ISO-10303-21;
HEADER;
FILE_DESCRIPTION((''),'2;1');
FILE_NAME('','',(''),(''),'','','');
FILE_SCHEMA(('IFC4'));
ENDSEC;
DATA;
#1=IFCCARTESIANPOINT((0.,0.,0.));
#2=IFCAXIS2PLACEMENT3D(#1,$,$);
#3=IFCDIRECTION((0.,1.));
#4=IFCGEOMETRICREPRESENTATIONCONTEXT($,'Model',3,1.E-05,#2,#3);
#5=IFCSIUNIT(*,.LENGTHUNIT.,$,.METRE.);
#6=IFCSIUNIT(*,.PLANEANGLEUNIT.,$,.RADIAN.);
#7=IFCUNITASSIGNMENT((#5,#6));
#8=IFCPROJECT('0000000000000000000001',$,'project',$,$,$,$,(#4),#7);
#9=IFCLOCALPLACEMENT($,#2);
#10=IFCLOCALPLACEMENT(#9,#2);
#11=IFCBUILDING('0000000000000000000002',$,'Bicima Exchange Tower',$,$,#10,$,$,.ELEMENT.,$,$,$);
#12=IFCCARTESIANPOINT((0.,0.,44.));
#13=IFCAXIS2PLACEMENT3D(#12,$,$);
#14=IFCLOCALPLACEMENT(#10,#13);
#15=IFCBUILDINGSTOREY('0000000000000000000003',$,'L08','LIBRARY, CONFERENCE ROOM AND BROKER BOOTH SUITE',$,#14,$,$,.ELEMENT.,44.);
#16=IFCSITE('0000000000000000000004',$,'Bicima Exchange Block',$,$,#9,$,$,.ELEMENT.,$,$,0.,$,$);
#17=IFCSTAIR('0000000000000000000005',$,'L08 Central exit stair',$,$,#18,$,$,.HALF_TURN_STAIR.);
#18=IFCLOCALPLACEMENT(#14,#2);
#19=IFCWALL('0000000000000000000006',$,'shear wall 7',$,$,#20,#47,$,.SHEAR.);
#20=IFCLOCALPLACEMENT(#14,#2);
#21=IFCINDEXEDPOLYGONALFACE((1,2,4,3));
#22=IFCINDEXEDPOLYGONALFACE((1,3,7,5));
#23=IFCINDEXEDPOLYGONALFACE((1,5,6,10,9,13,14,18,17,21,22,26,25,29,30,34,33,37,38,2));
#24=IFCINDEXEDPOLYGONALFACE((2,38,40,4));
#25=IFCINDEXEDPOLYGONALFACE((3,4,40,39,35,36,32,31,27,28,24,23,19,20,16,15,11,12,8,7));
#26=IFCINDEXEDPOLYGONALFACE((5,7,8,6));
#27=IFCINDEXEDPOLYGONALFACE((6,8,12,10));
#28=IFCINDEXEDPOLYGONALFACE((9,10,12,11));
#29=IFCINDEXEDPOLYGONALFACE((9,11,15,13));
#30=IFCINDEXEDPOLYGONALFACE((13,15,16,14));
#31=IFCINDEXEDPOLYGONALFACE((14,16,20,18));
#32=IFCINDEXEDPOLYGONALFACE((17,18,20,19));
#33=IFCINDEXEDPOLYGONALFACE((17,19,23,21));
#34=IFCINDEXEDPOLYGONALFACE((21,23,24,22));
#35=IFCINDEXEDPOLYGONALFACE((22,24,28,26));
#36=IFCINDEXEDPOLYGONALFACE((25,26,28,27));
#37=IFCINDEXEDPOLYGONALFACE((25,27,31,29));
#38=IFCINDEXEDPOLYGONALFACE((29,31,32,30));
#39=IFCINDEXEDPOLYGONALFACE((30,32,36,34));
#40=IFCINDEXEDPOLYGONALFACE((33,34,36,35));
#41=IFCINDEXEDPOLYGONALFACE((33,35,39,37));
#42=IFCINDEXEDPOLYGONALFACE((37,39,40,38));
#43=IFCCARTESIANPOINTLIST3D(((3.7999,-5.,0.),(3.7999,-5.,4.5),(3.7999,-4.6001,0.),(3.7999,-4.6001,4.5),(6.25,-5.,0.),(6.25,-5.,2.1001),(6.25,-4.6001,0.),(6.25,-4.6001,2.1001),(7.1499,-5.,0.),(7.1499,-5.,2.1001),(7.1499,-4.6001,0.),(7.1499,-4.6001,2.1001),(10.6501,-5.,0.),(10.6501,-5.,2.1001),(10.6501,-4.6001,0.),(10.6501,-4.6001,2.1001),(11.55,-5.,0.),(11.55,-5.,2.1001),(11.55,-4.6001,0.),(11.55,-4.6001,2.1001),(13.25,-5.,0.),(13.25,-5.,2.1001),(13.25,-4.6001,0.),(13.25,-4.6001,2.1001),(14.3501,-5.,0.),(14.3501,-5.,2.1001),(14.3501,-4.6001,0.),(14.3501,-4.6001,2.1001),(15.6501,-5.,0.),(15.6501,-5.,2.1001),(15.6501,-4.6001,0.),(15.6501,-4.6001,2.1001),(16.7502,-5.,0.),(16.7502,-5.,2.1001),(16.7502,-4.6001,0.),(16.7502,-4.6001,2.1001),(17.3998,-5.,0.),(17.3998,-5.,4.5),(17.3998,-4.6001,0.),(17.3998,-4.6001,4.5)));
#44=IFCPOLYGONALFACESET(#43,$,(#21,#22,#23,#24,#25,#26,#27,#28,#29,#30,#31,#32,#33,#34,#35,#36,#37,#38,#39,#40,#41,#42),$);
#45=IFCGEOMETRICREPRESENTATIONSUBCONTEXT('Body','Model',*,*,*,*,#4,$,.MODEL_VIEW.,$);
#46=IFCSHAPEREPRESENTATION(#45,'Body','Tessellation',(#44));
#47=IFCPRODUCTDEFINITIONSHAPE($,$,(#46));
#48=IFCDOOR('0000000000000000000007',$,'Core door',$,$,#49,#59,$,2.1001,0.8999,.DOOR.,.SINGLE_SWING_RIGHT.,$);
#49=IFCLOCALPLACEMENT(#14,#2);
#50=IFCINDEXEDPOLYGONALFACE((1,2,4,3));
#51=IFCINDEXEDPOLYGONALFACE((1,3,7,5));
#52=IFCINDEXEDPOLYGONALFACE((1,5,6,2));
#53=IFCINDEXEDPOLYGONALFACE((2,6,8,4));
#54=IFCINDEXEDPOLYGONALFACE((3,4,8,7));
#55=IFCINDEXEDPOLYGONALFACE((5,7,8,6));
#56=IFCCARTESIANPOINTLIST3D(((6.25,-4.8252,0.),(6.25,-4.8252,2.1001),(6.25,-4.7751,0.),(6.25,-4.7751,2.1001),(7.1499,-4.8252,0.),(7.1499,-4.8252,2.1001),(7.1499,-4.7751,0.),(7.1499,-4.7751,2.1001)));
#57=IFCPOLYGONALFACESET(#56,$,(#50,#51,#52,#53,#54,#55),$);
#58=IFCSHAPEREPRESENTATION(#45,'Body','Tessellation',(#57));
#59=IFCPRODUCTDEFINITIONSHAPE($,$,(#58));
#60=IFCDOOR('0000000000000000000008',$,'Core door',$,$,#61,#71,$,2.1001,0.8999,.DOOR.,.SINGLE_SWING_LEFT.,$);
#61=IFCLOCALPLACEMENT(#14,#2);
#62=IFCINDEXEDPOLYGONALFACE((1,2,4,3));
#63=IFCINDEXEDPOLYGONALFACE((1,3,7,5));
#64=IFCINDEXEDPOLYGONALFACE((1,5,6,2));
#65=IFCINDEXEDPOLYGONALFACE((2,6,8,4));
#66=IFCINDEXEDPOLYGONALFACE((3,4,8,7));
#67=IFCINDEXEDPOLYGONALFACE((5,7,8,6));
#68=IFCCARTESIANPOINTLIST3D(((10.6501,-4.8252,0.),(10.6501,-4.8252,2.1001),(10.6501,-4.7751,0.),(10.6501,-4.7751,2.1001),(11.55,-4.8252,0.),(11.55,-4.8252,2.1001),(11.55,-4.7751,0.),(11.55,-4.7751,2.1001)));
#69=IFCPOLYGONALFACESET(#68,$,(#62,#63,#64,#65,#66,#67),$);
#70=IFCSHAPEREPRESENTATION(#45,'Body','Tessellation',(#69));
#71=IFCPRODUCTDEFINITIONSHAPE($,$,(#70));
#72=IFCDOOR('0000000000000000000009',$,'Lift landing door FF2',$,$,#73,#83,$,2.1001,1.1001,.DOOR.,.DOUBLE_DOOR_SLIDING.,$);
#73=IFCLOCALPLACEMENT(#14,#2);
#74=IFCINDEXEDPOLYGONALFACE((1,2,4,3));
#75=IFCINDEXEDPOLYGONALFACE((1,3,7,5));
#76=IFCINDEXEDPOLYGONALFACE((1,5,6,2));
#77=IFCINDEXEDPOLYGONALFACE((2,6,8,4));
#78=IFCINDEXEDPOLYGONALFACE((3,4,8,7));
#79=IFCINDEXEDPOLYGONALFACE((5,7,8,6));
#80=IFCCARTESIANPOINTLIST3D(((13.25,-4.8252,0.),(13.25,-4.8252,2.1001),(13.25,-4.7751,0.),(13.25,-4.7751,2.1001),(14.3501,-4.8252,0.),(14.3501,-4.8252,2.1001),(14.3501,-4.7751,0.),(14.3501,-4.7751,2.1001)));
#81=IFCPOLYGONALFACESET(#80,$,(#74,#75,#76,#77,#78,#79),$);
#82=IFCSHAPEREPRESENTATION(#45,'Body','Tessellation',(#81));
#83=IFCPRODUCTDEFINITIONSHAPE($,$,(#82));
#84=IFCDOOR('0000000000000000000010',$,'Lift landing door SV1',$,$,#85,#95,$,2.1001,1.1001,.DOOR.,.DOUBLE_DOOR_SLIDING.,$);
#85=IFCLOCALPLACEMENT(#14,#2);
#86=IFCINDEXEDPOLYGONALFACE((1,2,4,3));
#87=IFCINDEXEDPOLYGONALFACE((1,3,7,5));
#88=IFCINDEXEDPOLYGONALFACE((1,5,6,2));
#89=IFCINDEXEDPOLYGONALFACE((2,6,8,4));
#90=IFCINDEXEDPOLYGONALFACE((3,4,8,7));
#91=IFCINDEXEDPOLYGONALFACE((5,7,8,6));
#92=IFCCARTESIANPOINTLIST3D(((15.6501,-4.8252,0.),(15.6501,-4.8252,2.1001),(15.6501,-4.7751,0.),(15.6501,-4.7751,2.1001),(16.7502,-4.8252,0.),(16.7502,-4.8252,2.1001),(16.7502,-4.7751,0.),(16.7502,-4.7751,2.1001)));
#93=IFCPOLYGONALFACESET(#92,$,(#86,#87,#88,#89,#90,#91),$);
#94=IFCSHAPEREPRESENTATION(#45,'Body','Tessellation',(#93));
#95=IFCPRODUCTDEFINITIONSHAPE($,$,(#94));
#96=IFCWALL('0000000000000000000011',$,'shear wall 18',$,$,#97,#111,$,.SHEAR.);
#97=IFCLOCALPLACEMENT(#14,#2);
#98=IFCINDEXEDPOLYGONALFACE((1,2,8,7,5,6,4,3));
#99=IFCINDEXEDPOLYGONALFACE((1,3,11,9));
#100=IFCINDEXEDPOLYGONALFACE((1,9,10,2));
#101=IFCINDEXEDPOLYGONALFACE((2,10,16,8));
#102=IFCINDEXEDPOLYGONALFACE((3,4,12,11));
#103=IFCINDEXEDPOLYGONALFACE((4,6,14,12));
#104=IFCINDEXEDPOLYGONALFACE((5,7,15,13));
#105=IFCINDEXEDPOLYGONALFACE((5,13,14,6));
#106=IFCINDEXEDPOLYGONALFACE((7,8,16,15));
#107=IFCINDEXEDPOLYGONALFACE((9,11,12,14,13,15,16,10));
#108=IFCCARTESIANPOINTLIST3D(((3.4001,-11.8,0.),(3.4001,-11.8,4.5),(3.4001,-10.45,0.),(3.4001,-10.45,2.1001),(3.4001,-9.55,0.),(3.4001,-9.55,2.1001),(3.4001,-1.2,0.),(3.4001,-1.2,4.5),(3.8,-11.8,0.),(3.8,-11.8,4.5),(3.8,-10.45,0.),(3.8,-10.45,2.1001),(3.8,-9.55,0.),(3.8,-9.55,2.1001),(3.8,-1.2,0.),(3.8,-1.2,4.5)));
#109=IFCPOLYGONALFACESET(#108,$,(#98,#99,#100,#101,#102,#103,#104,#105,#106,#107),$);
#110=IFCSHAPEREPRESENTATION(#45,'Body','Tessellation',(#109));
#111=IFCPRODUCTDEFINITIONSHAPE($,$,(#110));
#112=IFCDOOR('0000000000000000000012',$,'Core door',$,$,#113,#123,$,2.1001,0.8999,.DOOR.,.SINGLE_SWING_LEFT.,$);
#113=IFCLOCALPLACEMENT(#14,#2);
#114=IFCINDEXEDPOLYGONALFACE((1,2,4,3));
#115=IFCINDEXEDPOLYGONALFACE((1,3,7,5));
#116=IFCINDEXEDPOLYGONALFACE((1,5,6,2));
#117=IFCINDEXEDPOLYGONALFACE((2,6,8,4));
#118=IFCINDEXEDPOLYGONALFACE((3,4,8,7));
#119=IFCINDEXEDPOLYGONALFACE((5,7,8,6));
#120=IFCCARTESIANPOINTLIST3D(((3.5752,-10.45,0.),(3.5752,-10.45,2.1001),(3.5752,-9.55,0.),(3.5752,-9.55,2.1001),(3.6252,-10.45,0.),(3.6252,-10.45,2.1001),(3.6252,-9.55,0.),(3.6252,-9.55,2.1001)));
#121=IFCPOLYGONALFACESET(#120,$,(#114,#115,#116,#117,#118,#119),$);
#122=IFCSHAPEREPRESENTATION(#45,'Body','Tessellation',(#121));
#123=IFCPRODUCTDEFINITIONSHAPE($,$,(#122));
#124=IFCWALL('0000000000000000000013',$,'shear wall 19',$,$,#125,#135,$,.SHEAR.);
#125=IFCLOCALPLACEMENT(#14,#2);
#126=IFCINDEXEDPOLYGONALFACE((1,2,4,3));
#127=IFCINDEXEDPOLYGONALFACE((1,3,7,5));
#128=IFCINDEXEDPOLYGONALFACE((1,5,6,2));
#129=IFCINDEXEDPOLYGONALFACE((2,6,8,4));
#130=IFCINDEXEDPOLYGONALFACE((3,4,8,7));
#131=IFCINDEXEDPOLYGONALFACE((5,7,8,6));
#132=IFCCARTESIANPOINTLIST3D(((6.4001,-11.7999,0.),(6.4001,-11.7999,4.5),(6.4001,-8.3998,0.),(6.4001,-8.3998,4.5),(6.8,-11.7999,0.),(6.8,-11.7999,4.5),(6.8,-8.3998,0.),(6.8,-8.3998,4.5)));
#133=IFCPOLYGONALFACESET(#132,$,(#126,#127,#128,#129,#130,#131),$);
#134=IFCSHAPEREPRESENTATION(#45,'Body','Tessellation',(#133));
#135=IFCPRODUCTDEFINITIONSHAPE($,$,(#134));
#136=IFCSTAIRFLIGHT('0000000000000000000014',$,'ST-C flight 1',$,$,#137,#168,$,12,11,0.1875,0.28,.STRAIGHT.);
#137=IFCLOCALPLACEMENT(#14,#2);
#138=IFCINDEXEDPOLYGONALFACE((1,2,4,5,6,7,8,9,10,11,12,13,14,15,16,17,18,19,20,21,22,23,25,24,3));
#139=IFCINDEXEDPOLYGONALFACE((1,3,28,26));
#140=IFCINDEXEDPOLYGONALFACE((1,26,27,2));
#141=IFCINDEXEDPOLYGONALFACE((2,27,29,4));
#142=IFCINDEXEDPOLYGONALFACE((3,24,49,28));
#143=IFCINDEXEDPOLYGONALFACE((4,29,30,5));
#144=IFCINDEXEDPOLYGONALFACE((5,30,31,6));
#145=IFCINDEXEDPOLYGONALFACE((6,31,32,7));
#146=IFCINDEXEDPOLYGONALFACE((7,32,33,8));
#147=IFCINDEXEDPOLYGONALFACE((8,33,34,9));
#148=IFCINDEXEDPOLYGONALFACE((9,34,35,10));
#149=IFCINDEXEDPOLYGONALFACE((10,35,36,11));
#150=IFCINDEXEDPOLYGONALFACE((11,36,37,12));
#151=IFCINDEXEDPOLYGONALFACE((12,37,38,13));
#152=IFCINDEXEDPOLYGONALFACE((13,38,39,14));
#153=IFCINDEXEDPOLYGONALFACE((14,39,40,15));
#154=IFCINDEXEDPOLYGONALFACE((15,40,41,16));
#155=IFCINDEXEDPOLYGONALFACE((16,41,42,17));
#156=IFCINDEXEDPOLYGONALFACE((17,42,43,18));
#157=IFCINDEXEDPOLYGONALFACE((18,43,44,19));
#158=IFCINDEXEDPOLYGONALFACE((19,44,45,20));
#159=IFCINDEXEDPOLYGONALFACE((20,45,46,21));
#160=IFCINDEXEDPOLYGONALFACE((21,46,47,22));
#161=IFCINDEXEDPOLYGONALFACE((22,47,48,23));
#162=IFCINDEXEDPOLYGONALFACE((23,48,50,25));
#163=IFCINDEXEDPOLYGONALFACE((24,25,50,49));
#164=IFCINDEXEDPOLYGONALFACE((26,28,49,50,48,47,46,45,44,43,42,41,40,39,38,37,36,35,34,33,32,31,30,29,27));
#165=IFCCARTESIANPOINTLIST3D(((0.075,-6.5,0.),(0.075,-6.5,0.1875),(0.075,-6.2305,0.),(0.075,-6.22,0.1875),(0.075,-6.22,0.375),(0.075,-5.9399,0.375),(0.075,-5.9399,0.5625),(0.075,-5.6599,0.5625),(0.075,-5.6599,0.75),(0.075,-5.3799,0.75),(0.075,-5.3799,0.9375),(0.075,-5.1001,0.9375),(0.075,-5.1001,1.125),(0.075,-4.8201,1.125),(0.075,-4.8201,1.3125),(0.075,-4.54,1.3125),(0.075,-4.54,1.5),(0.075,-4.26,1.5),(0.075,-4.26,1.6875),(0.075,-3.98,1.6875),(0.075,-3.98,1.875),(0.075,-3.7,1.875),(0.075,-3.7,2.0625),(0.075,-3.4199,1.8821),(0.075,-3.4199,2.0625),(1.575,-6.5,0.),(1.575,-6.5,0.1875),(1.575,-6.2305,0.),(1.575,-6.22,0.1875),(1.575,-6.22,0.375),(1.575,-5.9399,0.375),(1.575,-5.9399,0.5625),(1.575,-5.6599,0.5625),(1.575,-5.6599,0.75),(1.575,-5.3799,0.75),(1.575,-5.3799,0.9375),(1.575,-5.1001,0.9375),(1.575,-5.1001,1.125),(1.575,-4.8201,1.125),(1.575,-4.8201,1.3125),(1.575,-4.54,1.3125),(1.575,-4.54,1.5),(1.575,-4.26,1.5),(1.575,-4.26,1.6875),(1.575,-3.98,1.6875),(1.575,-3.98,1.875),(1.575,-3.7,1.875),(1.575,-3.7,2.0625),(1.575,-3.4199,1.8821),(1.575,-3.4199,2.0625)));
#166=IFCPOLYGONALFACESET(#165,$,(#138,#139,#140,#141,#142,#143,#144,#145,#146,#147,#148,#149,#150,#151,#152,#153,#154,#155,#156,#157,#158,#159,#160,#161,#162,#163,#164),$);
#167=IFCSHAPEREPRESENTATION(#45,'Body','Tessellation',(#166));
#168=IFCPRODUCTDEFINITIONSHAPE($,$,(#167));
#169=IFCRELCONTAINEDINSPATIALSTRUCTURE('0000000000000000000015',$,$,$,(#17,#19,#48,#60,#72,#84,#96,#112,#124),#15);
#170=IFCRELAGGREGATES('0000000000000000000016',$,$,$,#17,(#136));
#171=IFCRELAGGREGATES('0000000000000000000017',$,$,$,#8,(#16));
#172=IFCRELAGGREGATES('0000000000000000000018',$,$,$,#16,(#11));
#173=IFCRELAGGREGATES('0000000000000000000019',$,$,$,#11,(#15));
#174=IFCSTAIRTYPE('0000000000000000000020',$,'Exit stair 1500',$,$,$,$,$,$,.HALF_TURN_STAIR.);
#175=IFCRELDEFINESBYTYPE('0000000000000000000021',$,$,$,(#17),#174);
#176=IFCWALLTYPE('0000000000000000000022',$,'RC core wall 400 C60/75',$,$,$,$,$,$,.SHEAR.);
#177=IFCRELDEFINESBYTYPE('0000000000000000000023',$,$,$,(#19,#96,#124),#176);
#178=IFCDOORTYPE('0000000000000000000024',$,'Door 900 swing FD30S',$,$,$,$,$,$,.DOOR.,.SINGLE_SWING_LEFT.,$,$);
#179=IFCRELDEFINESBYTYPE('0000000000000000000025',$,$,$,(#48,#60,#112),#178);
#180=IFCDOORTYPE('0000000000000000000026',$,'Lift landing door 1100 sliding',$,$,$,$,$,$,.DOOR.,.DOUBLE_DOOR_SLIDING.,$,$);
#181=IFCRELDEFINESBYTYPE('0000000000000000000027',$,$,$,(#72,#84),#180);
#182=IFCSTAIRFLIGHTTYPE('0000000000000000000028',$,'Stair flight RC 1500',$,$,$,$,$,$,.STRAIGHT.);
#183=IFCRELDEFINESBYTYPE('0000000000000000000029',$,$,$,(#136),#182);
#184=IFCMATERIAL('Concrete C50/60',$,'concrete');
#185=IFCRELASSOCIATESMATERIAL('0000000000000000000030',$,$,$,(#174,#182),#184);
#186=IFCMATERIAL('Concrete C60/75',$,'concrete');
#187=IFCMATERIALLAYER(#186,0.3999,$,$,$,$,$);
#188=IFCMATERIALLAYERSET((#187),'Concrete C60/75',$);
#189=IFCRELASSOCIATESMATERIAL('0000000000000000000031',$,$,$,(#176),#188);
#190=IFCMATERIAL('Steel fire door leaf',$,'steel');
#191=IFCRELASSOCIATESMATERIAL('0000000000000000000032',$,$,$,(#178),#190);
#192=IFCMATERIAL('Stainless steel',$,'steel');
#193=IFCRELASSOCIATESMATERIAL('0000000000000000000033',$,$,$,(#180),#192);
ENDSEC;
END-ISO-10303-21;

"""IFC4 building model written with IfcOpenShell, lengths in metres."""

from ifc_helpers import new_model, si_unit, direction, frame, frame_2d, origin, place, context, subcontext, project, spatial, polyline, rectangle, outline, extrude, material, layer, layer_set, type_object, element, fill, aggregate, save


model = new_model("IFC4")

# Units and contexts
model_context = context("Model", 3, precision=1e-05, world=origin(), true_north=direction((0.0, 1.0)))
body_context = subcontext(model_context, "Body", "Model", "MODEL_VIEW")
ifc_project = project(units=[si_unit("LENGTHUNIT", "METRE"), si_unit("PLANEANGLEUNIT", "RADIAN")], contexts=[model_context])

# Site, building, storey
site_placement = place(None, origin())
site = spatial("IfcSite", under=ifc_project, at=site_placement, Name="Bicima Exchange Block", CompositionType="ELEMENT", RefElevation=0.0)
building_placement = place(site_placement, origin())
building = spatial("IfcBuilding", under=site, at=building_placement, Name="Bicima Exchange Tower", CompositionType="ELEMENT")
storey_placement = place(building_placement, frame((0.0, 0.0, 44.0)))
storey = spatial("IfcBuildingStorey", under=building, at=storey_placement, Name="L08", Description="LIBRARY, CONFERENCE ROOM AND BROKER BOOTH SUITE", CompositionType="ELEMENT", Elevation=44.0)

# Stair
ifc_material_1 = material(Name="Concrete C50/60", Category="concrete")
stair_type_1 = type_object("IfcStairType", Name="Exit stair 1500", PredefinedType="HALF_TURN_STAIR", material=ifc_material_1)
stair_1_placement = place(storey_placement, origin())
stair_1 = element("IfcStair", 1, at=stair_1_placement, inside=storey, type_object=stair_type_1, Name="L08 Central exit stair", PredefinedType="HALF_TURN_STAIR")

# Shared definitions
ifc_material_2 = material(Name="Concrete C60/75", Category="concrete")
ifc_layer_1 = layer(ifc_material_2, 0.3999)
ifc_layer_set_1 = layer_set([ifc_layer_1], Name="Concrete C60/75")
wall_type_1 = type_object("IfcWallType", Name="RC core wall 400 C60/75", PredefinedType="SHEAR", material=ifc_layer_set_1)
ifc_material_3 = material(Name="Steel fire door leaf", Category="steel")
door_type_1 = type_object("IfcDoorType", Name="Door 900 swing FD30S", OperationType="SINGLE_SWING_LEFT", PredefinedType="DOOR", material=ifc_material_3)

# Wall, openings, doors
wall_1_placement = place(storey_placement, frame((3.8, -4.8, 0.0), z_axis=(0.0, 0.0, 1.0), x_axis=(1.0, 0.0, 0.0)))
wall_1 = element("IfcWall", 2, at=wall_1_placement, inside=storey, type_object=wall_type_1, Name="shear wall 7", PredefinedType="SHEAR", context=body_context, shape_type="SweptSolid", body=[
    extrude(rectangle(XDim=13.5999, YDim=0.3999, at=frame_2d((6.7998, 0.0))), origin(), (0.0, 0.0, 1.0), 4.5),
])
opening_1_placement = place(wall_1_placement, frame((9.45, 0.0, 0.0)))
opening_1 = element("IfcOpeningElement", 3, at=opening_1_placement, cuts=wall_1, PredefinedType="OPENING", context=body_context, shape_type="SweptSolid", body=[
    extrude(rectangle(XDim=1.1001, YDim=2.1001, at=frame_2d((0.55, 1.05))), frame((0.0, 0.2119, 0.0), z_axis=(0.0, -1.0, 0.0), x_axis=(1.0, 0.0, 0.0)), (0.0, 0.0, 1.0), 0.4238),
])
opening_2_placement = place(wall_1_placement, frame((11.8501, 0.0, 0.0)))
opening_2 = element("IfcOpeningElement", 4, at=opening_2_placement, cuts=wall_1, PredefinedType="OPENING", context=body_context, shape_type="SweptSolid", body=[
    extrude(rectangle(XDim=1.1001, YDim=2.1001, at=frame_2d((0.55, 1.05))), frame((0.0, 0.2119, 0.0), z_axis=(0.0, -1.0, 0.0), x_axis=(1.0, 0.0, 0.0)), (0.0, 0.0, 1.0), 0.4238),
])
opening_3_placement = place(wall_1_placement, frame((2.45, 0.0, 0.0)))
opening_3 = element("IfcOpeningElement", 5, at=opening_3_placement, cuts=wall_1, PredefinedType="OPENING", context=body_context, shape_type="SweptSolid", body=[
    extrude(rectangle(XDim=0.8999, YDim=2.1001, at=frame_2d((0.45, 1.05))), frame((0.0, 0.2119, 0.0), z_axis=(0.0, -1.0, 0.0), x_axis=(1.0, 0.0, 0.0)), (0.0, 0.0, 1.0), 0.4238),
])
opening_4_placement = place(wall_1_placement, frame((6.8501, 0.0, 0.0)))
opening_4 = element("IfcOpeningElement", 6, at=opening_4_placement, cuts=wall_1, PredefinedType="OPENING", context=body_context, shape_type="SweptSolid", body=[
    extrude(rectangle(XDim=0.8999, YDim=2.1001, at=frame_2d((0.45, 1.05))), frame((0.0, 0.2119, 0.0), z_axis=(0.0, -1.0, 0.0), x_axis=(1.0, 0.0, 0.0)), (0.0, 0.0, 1.0), 0.4238),
])
door_1_placement = place(opening_3_placement, origin())
door_1 = element("IfcDoor", 7, at=door_1_placement, inside=storey, type_object=door_type_1, Name="Core door", OperationType="SINGLE_SWING_RIGHT", OverallHeight=2.1001, OverallWidth=0.8999, PredefinedType="DOOR", context=body_context, shape_type="SweptSolid", body=[
    extrude(rectangle(XDim=0.8999, YDim=2.1001, at=frame_2d((0.45, 1.05))), frame((0.0, 0.0249, 0.0), z_axis=(0.0, -1.0, 0.0), x_axis=(1.0, 0.0, 0.0)), (0.0, 0.0, 1.0), 0.05),
])
fill(opening_3, door_1)
door_2_placement = place(opening_4_placement, origin())
door_2 = element("IfcDoor", 8, at=door_2_placement, inside=storey, type_object=door_type_1, Name="Core door", OperationType="SINGLE_SWING_LEFT", OverallHeight=2.1001, OverallWidth=0.8999, PredefinedType="DOOR", context=body_context, shape_type="SweptSolid", body=[
    extrude(rectangle(XDim=0.8999, YDim=2.1001, at=frame_2d((0.45, 1.05))), frame((0.0, 0.0249, 0.0), z_axis=(0.0, -1.0, 0.0), x_axis=(1.0, 0.0, 0.0)), (0.0, 0.0, 1.0), 0.05),
])
fill(opening_4, door_2)
ifc_material_4 = material(Name="Stainless steel", Category="steel")
door_type_2 = type_object("IfcDoorType", Name="Lift landing door 1100 sliding", OperationType="DOUBLE_DOOR_SLIDING", PredefinedType="DOOR", material=ifc_material_4)
door_3_placement = place(opening_1_placement, origin())
door_3 = element("IfcDoor", 9, at=door_3_placement, inside=storey, type_object=door_type_2, Name="Lift landing door FF2", OperationType="DOUBLE_DOOR_SLIDING", OverallHeight=2.1001, OverallWidth=1.1001, PredefinedType="DOOR", context=body_context, shape_type="SweptSolid", body=[
    extrude(rectangle(XDim=1.1001, YDim=2.1001, at=frame_2d((0.55, 1.05))), frame((0.0, 0.0249, 0.0), z_axis=(0.0, -1.0, 0.0), x_axis=(1.0, 0.0, 0.0)), (0.0, 0.0, 1.0), 0.05),
])
fill(opening_1, door_3)
door_4_placement = place(opening_2_placement, origin())
door_4 = element("IfcDoor", 10, at=door_4_placement, inside=storey, type_object=door_type_2, Name="Lift landing door SV1", OperationType="DOUBLE_DOOR_SLIDING", OverallHeight=2.1001, OverallWidth=1.1001, PredefinedType="DOOR", context=body_context, shape_type="SweptSolid", body=[
    extrude(rectangle(XDim=1.1001, YDim=2.1001, at=frame_2d((0.55, 1.05))), frame((0.0, 0.0249, 0.0), z_axis=(0.0, -1.0, 0.0), x_axis=(1.0, 0.0, 0.0)), (0.0, 0.0, 1.0), 0.05),
])
fill(opening_2, door_4)

# Wall, opening, door
wall_2_placement = place(storey_placement, frame((3.6001, -11.8, 0.0), z_axis=(0.0, 0.0, 1.0), x_axis=(0.0, 1.0, 0.0)))
wall_2 = element("IfcWall", 11, at=wall_2_placement, inside=storey, type_object=wall_type_1, Name="shear wall 18", PredefinedType="SHEAR", context=body_context, shape_type="SweptSolid", body=[
    extrude(rectangle(XDim=10.6001, YDim=0.3999, at=frame_2d((5.3, 0.0))), origin(), (0.0, 0.0, 1.0), 4.5),
])
opening_5_placement = place(wall_2_placement, frame((1.3501, 0.0, 0.0)))
opening_5 = element("IfcOpeningElement", 12, at=opening_5_placement, cuts=wall_2, PredefinedType="OPENING", context=body_context, shape_type="SweptSolid", body=[
    extrude(rectangle(XDim=0.8999, YDim=2.1001, at=frame_2d((0.45, 1.05))), frame((0.0, 0.2119, 0.0), z_axis=(0.0, -1.0, 0.0), x_axis=(1.0, 0.0, 0.0)), (0.0, 0.0, 1.0), 0.4238),
])
door_5_placement = place(opening_5_placement, origin())
door_5 = element("IfcDoor", 13, at=door_5_placement, inside=storey, type_object=door_type_1, Name="Core door", OperationType="SINGLE_SWING_LEFT", OverallHeight=2.1001, OverallWidth=0.8999, PredefinedType="DOOR", context=body_context, shape_type="SweptSolid", body=[
    extrude(rectangle(XDim=0.8999, YDim=2.1001, at=frame_2d((0.45, 1.05))), frame((0.0, 0.0249, 0.0), z_axis=(0.0, -1.0, 0.0), x_axis=(1.0, 0.0, 0.0)), (0.0, 0.0, 1.0), 0.05),
])
fill(opening_5, door_5)

# Wall
wall_3_placement = place(storey_placement, frame((6.6001, -11.8, 0.0), z_axis=(0.0, 0.0, 1.0), x_axis=(0.0, 1.0, 0.0)))
element("IfcWall", 14, at=wall_3_placement, inside=storey, type_object=wall_type_1, Name="shear wall 19", PredefinedType="SHEAR", context=body_context, shape_type="SweptSolid", body=[
    extrude(rectangle(XDim=3.4001, YDim=0.3999, at=frame_2d((1.7002, 0.0))), origin(), (0.0, 0.0, 1.0), 4.5),
])

# Stair flight
stair_flight_type = type_object("IfcStairFlightType", Name="Stair flight RC 1500", PredefinedType="STRAIGHT", material=ifc_material_1)
stair_flight_placement = place(storey_placement, frame((0.825, -6.5, 0.0), z_axis=(0.0, 0.0, 1.0), x_axis=(0.0, 1.0, 0.0)))
stair_flight = element("IfcStairFlight", 15, at=stair_flight_placement, type_object=stair_flight_type, Name="ST-C flight 1", NumberOfRisers=12, NumberOfTreads=11, PredefinedType="STRAIGHT", RiserHeight=0.1875, TreadLength=0.28, context=body_context, shape_type="SweptSolid", body=[
    extrude(outline(polyline([(0.0, 0.0), (0.0, 0.1875), (0.28, 0.1875), (0.28, 0.375), (0.5601, 0.375), (0.5601, 0.5625), (0.8401, 0.5625), (0.8401, 0.75), (1.1201, 0.75), (1.1201, 0.9375), (1.3999, 0.9375), (1.3999, 1.125), (1.6799, 1.125), (1.6799, 1.3125), (1.96, 1.3125), (1.96, 1.5), (2.24, 1.5), (2.24, 1.6875), (2.52, 1.6875), (2.52, 1.875), (2.8, 1.875), (2.8, 2.0625), (3.0801, 2.0625), (3.0801, 2.25), (3.0801, 1.8821), (0.2695, 0.0), (0.0, 0.0)])), frame((0.0, 0.75, 0.0), z_axis=(0.0, -1.0, 0.0), x_axis=(1.0, 0.0, 0.0)), (0.0, 0.0, 1.0), 1.5),
])
aggregate(stair_1, [stair_flight])

save(model, "model.ifc")
